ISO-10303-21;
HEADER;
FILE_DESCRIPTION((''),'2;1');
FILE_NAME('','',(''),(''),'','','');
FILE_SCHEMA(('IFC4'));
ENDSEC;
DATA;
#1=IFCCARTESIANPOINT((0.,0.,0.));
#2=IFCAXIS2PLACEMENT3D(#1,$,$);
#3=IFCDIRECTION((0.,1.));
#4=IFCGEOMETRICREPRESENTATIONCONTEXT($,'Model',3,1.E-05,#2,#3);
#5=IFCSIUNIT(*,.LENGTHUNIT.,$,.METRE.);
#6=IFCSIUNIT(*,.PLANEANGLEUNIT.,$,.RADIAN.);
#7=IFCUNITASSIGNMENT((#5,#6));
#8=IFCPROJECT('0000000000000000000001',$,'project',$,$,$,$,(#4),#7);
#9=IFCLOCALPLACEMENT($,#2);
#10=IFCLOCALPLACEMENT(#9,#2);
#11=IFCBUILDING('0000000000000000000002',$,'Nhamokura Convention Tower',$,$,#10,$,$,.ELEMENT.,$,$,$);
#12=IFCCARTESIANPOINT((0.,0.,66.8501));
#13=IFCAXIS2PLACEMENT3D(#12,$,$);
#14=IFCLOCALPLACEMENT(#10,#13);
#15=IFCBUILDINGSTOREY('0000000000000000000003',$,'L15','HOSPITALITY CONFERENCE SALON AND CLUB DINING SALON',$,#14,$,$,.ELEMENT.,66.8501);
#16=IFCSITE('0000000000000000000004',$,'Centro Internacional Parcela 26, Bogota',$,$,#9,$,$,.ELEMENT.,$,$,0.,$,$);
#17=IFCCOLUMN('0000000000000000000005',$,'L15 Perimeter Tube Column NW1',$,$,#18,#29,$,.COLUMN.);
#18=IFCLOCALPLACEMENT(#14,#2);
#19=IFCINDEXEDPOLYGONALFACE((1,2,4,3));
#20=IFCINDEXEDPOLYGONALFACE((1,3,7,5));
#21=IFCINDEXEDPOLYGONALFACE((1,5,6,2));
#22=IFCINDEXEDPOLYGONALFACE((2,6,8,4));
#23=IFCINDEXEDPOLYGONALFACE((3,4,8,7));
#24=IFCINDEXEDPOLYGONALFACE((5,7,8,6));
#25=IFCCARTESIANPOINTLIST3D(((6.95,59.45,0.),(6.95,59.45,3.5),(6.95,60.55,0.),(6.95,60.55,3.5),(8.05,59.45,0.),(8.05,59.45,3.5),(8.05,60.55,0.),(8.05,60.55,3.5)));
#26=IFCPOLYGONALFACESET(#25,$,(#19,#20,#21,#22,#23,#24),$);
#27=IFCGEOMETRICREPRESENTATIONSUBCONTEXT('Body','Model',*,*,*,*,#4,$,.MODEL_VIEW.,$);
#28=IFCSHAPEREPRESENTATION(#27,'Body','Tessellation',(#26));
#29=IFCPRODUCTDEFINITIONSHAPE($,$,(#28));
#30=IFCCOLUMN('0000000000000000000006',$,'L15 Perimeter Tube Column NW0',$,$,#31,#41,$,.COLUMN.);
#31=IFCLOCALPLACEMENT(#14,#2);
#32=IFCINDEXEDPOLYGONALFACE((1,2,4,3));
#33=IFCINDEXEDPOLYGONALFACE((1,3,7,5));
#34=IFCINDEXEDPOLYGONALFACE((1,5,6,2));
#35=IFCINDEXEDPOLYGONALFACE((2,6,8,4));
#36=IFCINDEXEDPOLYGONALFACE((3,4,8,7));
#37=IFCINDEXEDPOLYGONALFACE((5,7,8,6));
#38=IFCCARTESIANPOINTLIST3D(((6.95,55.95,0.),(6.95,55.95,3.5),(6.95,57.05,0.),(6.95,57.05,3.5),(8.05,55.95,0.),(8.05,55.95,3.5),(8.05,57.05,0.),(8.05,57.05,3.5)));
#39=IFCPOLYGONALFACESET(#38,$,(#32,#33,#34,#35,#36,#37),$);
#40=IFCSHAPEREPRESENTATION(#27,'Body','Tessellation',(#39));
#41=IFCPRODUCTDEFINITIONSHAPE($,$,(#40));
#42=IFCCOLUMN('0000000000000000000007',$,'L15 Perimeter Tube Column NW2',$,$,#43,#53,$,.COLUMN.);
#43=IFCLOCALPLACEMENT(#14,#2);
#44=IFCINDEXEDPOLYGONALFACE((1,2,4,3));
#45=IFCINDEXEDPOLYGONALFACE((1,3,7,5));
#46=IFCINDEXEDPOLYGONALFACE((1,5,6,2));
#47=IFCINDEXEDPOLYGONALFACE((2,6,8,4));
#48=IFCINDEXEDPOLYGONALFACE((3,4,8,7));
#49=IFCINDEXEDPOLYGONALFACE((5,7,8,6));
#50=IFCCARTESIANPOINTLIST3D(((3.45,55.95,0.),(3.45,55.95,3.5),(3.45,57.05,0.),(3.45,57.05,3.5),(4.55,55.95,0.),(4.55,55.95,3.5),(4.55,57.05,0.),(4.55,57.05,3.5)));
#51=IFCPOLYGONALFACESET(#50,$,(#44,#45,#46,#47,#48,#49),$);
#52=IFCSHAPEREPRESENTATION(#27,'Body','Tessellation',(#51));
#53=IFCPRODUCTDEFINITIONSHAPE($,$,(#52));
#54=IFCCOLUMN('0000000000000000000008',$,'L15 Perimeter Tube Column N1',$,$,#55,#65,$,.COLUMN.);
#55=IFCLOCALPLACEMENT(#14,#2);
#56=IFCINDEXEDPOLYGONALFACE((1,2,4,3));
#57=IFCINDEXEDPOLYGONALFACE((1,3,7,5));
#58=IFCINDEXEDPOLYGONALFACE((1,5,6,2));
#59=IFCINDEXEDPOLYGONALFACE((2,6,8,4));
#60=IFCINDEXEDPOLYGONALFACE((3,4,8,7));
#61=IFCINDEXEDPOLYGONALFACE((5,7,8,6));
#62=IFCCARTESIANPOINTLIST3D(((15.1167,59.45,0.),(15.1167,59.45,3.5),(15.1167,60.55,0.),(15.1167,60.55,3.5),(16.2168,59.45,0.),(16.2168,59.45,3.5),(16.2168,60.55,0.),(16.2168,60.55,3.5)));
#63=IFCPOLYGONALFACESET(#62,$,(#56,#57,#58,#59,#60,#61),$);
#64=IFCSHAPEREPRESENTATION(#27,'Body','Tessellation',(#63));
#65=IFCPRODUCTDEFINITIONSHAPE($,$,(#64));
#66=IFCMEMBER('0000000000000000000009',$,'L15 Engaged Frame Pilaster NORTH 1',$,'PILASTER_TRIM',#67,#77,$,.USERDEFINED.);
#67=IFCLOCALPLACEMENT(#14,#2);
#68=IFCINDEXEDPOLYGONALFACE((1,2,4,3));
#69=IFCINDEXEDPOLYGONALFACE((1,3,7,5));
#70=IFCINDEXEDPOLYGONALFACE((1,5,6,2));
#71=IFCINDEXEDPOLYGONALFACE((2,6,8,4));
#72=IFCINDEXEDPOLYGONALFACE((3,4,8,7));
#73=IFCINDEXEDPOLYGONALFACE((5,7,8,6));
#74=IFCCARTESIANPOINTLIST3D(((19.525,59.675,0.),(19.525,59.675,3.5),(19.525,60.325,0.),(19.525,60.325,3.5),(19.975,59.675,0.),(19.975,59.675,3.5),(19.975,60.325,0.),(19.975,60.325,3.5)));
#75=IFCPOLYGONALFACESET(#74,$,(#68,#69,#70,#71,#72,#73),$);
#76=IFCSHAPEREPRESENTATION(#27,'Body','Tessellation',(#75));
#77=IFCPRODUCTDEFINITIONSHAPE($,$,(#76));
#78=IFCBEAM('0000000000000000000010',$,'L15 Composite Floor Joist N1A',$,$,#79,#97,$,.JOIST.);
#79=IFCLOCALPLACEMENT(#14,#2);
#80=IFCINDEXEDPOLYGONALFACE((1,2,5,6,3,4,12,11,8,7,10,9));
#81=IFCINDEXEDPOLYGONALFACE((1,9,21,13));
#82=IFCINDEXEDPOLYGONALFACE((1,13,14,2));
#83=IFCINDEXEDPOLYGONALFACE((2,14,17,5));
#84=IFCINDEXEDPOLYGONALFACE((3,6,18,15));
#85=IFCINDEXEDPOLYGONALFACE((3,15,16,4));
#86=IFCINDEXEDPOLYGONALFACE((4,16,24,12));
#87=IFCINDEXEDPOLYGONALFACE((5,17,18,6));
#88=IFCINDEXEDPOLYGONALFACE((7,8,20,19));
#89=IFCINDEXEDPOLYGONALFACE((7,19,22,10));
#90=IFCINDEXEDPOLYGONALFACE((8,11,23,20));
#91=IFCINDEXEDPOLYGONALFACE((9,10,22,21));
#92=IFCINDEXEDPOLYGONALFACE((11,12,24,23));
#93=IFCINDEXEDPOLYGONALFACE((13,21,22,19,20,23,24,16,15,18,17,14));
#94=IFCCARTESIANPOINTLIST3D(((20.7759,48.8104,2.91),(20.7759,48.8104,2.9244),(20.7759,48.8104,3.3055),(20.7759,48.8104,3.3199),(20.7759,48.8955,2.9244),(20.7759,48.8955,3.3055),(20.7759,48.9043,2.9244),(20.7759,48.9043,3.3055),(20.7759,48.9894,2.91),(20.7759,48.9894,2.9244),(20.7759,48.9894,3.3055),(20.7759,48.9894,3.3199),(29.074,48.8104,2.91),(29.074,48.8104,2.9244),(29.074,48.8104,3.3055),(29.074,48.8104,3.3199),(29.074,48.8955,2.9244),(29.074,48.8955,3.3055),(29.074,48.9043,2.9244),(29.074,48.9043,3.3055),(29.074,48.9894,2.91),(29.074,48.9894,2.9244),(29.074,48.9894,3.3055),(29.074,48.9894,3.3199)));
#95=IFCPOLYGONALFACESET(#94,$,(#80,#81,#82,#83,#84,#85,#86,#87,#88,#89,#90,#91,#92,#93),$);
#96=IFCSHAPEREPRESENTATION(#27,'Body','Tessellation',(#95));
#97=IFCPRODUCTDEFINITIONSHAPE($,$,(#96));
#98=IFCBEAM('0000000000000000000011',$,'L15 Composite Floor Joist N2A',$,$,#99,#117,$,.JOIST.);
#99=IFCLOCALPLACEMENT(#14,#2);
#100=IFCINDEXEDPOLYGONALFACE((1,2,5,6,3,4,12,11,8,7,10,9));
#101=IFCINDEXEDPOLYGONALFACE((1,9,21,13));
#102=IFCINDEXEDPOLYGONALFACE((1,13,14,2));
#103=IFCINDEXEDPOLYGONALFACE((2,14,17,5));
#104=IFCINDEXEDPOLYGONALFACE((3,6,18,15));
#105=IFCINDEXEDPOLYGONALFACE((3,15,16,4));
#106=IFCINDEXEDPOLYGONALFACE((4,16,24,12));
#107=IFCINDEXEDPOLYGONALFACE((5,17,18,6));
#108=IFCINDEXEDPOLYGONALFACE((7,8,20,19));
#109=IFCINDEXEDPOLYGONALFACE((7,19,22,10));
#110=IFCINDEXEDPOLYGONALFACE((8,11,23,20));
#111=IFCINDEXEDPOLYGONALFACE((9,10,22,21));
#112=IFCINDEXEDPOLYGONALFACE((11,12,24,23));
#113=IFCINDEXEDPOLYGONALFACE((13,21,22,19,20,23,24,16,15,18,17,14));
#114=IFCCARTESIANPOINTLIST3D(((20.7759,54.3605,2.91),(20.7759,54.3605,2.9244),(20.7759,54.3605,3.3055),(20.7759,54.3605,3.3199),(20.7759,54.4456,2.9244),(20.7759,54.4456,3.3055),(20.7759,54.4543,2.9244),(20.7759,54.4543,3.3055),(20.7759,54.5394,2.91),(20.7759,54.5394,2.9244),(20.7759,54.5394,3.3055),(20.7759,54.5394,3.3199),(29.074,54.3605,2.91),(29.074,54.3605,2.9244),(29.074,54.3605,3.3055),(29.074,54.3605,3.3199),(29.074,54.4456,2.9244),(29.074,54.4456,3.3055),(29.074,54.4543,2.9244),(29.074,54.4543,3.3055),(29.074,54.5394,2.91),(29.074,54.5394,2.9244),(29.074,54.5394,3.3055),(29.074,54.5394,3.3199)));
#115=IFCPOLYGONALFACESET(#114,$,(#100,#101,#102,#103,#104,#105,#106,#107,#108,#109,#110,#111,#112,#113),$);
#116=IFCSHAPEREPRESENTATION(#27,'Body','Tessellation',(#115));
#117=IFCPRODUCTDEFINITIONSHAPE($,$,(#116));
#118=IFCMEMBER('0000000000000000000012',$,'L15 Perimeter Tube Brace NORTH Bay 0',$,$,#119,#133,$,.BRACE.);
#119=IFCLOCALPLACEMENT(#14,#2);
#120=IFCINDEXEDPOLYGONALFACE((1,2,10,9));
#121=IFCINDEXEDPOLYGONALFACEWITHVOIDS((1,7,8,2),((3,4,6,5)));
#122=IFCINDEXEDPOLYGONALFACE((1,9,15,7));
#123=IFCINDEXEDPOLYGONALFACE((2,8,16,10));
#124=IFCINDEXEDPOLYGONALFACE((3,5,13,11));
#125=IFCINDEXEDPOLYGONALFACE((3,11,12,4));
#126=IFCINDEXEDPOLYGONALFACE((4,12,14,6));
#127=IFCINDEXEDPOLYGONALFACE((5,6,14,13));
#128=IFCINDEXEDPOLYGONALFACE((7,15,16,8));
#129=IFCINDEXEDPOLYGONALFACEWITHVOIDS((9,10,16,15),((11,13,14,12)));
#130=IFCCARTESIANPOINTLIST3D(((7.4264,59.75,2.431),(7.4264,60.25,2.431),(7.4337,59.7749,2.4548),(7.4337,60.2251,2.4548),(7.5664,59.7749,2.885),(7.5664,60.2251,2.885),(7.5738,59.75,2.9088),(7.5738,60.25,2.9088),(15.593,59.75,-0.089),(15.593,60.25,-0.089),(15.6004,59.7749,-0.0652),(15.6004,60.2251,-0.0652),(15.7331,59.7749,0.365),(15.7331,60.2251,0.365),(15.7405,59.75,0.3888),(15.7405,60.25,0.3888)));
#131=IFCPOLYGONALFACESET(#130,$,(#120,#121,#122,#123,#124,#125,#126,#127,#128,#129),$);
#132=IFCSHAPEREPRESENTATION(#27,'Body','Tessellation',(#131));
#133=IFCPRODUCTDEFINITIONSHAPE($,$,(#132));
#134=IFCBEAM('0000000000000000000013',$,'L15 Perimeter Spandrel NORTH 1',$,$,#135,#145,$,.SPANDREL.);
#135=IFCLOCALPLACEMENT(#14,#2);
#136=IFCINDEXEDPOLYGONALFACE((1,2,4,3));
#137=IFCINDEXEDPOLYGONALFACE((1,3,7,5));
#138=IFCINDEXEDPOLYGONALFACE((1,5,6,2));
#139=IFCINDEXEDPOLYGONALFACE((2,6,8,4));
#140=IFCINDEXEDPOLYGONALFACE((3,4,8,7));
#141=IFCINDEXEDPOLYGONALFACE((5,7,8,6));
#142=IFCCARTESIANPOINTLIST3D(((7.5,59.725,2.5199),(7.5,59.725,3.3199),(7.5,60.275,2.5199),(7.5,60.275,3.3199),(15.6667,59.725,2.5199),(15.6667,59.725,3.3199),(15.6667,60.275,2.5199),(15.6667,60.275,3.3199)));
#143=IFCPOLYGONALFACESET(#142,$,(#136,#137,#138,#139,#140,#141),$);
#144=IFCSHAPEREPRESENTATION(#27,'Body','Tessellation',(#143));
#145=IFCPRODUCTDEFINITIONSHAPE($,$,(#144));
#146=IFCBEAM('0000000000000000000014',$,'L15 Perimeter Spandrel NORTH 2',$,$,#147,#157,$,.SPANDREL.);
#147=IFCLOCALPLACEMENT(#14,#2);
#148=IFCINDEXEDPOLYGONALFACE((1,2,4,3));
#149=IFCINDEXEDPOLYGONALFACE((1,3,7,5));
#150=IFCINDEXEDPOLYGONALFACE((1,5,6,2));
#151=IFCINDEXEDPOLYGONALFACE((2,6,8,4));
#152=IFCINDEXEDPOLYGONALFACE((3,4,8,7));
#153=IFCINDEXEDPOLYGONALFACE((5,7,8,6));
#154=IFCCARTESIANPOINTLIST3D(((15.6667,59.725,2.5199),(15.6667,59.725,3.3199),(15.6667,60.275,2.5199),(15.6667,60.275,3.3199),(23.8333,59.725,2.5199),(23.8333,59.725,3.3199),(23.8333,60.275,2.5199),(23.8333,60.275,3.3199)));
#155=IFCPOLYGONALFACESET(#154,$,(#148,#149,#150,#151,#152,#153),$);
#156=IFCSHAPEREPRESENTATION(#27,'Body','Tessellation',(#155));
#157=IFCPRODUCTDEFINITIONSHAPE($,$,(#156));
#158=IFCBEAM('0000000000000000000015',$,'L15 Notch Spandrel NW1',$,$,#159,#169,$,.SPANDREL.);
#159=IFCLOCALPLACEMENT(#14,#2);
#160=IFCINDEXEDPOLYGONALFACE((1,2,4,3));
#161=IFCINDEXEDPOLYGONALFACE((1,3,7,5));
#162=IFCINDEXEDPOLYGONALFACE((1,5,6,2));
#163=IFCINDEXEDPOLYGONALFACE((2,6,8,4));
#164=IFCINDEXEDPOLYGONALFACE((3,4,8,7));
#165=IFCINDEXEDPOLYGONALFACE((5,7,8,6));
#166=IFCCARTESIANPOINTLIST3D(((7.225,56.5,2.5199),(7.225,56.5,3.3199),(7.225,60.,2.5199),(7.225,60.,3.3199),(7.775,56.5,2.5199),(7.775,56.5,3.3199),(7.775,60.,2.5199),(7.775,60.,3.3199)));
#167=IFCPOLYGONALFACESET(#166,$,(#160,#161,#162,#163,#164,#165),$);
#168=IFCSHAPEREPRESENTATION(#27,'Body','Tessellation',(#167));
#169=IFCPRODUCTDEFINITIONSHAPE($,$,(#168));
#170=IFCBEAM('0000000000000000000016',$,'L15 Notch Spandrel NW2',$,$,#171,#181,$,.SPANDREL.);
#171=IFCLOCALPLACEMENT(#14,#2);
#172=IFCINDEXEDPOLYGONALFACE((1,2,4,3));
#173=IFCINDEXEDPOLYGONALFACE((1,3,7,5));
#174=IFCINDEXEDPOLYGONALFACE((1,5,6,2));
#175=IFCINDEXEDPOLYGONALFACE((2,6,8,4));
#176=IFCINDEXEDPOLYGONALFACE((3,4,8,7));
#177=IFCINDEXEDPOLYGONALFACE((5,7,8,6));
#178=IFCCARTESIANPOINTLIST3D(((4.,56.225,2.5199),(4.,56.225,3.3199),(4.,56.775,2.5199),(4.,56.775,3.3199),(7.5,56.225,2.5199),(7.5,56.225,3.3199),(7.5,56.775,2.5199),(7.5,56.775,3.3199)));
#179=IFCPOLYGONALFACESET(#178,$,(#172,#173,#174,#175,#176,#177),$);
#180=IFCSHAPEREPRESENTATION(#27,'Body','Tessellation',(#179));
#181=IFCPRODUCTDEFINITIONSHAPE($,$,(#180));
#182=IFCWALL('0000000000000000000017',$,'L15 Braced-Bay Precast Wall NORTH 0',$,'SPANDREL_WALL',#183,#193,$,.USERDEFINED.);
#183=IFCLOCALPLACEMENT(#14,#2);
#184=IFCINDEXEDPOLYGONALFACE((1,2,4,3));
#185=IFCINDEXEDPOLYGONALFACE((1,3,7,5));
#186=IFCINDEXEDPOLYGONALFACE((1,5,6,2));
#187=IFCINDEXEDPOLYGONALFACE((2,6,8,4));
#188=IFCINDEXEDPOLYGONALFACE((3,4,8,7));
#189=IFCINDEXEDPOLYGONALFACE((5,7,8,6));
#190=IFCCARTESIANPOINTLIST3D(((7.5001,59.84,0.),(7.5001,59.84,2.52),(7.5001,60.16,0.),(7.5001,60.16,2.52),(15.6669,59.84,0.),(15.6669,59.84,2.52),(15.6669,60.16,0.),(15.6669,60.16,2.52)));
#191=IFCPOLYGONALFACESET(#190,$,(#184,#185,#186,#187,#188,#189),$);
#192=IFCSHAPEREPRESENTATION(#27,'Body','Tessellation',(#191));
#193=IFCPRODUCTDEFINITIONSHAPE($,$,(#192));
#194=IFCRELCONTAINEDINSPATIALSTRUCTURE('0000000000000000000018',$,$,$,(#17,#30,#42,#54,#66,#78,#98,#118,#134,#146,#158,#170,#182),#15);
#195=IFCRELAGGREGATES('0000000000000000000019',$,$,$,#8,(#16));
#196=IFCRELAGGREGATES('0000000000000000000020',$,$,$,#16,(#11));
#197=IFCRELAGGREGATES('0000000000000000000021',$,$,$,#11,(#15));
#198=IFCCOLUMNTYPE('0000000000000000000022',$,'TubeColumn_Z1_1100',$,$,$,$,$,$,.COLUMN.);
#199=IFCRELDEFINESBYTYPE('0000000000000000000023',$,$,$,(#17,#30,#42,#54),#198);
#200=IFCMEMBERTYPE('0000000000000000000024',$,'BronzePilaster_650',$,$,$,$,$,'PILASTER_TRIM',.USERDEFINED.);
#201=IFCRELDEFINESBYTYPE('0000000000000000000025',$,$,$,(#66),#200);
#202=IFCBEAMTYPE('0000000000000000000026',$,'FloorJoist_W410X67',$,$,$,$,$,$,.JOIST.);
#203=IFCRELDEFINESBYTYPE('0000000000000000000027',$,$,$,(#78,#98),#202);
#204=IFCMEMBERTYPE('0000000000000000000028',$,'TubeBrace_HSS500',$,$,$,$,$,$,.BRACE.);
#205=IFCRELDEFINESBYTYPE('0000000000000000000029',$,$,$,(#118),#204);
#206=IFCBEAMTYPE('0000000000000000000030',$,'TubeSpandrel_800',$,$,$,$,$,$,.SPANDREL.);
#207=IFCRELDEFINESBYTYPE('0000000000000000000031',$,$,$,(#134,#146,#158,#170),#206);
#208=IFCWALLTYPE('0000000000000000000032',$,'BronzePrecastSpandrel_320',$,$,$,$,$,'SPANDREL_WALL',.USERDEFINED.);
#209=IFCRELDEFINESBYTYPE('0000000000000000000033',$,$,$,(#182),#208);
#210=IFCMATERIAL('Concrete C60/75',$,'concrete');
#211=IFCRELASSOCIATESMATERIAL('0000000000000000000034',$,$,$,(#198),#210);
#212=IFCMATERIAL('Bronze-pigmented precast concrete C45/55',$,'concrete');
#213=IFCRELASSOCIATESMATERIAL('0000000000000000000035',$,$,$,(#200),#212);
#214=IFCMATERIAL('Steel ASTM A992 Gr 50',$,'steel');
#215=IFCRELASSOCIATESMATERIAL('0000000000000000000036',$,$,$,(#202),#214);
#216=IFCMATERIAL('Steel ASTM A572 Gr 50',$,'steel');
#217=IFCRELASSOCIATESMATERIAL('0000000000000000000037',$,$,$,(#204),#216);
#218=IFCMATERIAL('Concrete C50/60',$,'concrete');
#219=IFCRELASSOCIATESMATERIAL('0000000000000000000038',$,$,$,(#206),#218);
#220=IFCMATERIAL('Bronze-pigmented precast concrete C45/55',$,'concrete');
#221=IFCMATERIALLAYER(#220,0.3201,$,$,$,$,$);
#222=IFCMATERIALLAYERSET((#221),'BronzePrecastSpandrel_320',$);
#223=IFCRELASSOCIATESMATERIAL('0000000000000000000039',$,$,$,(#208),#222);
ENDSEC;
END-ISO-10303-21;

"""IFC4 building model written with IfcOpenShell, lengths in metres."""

from ifc_helpers import new_model, si_unit, direction, frame, frame_2d, origin, origin_2d, place, context, subcontext, project, spatial, rectangle, hollow_rectangle, i_section, extrude, material, layer, layer_set, material_profile, profile_set, type_object, element, save


model = new_model("IFC4")

# Units and contexts
model_context = context("Model", 3, precision=1e-05, world=origin(), true_north=direction((0.0, 1.0)))
body_context = subcontext(model_context, "Body", "Model", "MODEL_VIEW")
ifc_project = project(units=[si_unit("LENGTHUNIT", "METRE"), si_unit("PLANEANGLEUNIT", "RADIAN")], contexts=[model_context])

# Site, building, storey
site_placement = place(None, origin())
site = spatial("IfcSite", under=ifc_project, at=site_placement, Name="Centro Internacional Parcela 26, Bogota", CompositionType="ELEMENT", RefElevation=0.0)
building_placement = place(site_placement, origin())
building = spatial("IfcBuilding", under=site, at=building_placement, Name="Nhamokura Convention Tower", CompositionType="ELEMENT")
storey_placement = place(building_placement, frame((0.0, 0.0, 66.8501)))
storey = spatial("IfcBuildingStorey", under=building, at=storey_placement, Name="L15", Description="HOSPITALITY CONFERENCE SALON AND CLUB DINING SALON", CompositionType="ELEMENT", Elevation=66.8501)

# Columns
ifc_material_1 = material(Name="Concrete C60/75", Category="concrete")
ifc_material_profile_1 = material_profile(ifc_material_1, rectangle(XDim=1.1001, YDim=1.1001, at=origin_2d()))
ifc_profile_set_1 = profile_set([ifc_material_profile_1], Name="Concrete C60/75")
column_type = type_object("IfcColumnType", Name="TubeColumn_Z1_1100", PredefinedType="COLUMN", material=ifc_profile_set_1)
for number, where, z_axis, x_axis, name in (
    (1, (7.5, 60.0, 0.0), (0.0, 0.0, 1.0), (1.0, 0.0, 0.0), "L15 Perimeter Tube Column NW1"),
    (2, (7.5, 56.5, 0.0), (0.0, 0.0, 1.0), (1.0, 0.0, 0.0), "L15 Perimeter Tube Column NW0"),
    (3, (4.0, 56.5, 0.0), (0.0, 0.0, 1.0), (1.0, 0.0, 0.0), "L15 Perimeter Tube Column NW2"),
    (4, (15.6667, 60.0, 0.0), (0.0, 0.0, 1.0), (1.0, 0.0, 0.0), "L15 Perimeter Tube Column N1"),
):
    element("IfcColumn", number, at=place(storey_placement, frame(where, z_axis=z_axis, x_axis=x_axis)), inside=storey, type_object=column_type, Name=name, PredefinedType="COLUMN", context=body_context, shape_type="SweptSolid", body=[
        extrude(rectangle(XDim=1.1001, YDim=1.1001, at=origin_2d()), origin(), (0.0, 0.0, 1.0), 3.5),
    ])

# Member
ifc_material_2 = material(Name="Bronze-pigmented precast concrete C45/55", Category="concrete")
ifc_material_profile_2 = material_profile(ifc_material_2, rectangle(XDim=0.45, YDim=0.6499, at=origin_2d()))
ifc_profile_set_2 = profile_set([ifc_material_profile_2], Name="Bronze-pigmented precast concrete C45/55")
member_type_1 = type_object("IfcMemberType", Name="BronzePilaster_650", ElementType="PILASTER_TRIM", PredefinedType="USERDEFINED", material=ifc_profile_set_2)
member_1_placement = place(storey_placement, frame((19.75, 60.0, 0.0), z_axis=(0.0, 0.0, 1.0), x_axis=(1.0, 0.0, 0.0)))
element("IfcMember", 5, at=member_1_placement, inside=storey, type_object=member_type_1, Name="L15 Engaged Frame Pilaster NORTH 1", ObjectType="PILASTER_TRIM", PredefinedType="USERDEFINED", context=body_context, shape_type="SweptSolid", body=[
    extrude(rectangle(XDim=0.45, YDim=0.6499, at=origin_2d()), origin(), (0.0, 0.0, 1.0), 3.5),
])

# Beams
ifc_material_3 = material(Name="Steel ASTM A992 Gr 50", Category="steel")
ifc_material_profile_3 = material_profile(ifc_material_3, i_section(OverallWidth=0.179, OverallDepth=0.4099, WebThickness=0.0088, FlangeThickness=0.0144, at=origin_2d()))
ifc_profile_set_3 = profile_set([ifc_material_profile_3], Name="Steel ASTM A992 Gr 50")
beam_type_1 = type_object("IfcBeamType", Name="FloorJoist_W410X67", PredefinedType="JOIST", material=ifc_profile_set_3)
for number, where, z_axis, x_axis, name in (
    (6, (20.7759, 48.8999, 3.115), (1.0, 0.0, 0.0), (0.0, 1.0, 0.0), "L15 Composite Floor Joist N1A"),
    (7, (20.7759, 54.45, 3.115), (1.0, 0.0, 0.0), (0.0, 1.0, 0.0), "L15 Composite Floor Joist N2A"),
):
    element("IfcBeam", number, at=place(storey_placement, frame(where, z_axis=z_axis, x_axis=x_axis)), inside=storey, type_object=beam_type_1, Name=name, PredefinedType="JOIST", context=body_context, shape_type="SweptSolid", body=[
        extrude(i_section(OverallWidth=0.179, OverallDepth=0.4099, WebThickness=0.0088, FlangeThickness=0.0144, at=origin_2d()), origin(), (0.0, 0.0, 1.0), 8.2981),
    ])

# Member
ifc_material_4 = material(Name="Steel ASTM A572 Gr 50", Category="steel")
ifc_material_profile_4 = material_profile(ifc_material_4, hollow_rectangle(XDim=0.5, YDim=0.5, WallThickness=0.0249, at=origin_2d()))
ifc_profile_set_4 = profile_set([ifc_material_profile_4], Name="Steel ASTM A572 Gr 50")
member_type_2 = type_object("IfcMemberType", Name="TubeBrace_HSS500", PredefinedType="BRACE", material=ifc_profile_set_4)
member_2_placement = place(storey_placement, frame((15.6667, 60.0, 0.1499), z_axis=(-0.955543, 0.0, 0.294853), x_axis=(0.0, -1.0, 0.0)))
element("IfcMember", 8, at=member_2_placement, inside=storey, type_object=member_type_2, Name="L15 Perimeter Tube Brace NORTH Bay 0", PredefinedType="BRACE", context=body_context, shape_type="SweptSolid", body=[
    extrude(hollow_rectangle(XDim=0.5, YDim=0.5, WallThickness=0.0249, at=origin_2d()), origin(), (0.0, 0.0, 1.0), 8.5466),
])

# Beams
ifc_material_5 = material(Name="Concrete C50/60", Category="concrete")
ifc_material_profile_5 = material_profile(ifc_material_5, rectangle(XDim=0.55, YDim=0.8, at=origin_2d()))
ifc_profile_set_5 = profile_set([ifc_material_profile_5], Name="Concrete C50/60")
beam_type_2 = type_object("IfcBeamType", Name="TubeSpandrel_800", PredefinedType="SPANDREL", material=ifc_profile_set_5)
beam_1_placement = place(storey_placement, frame((7.5, 60.0, 2.9199), z_axis=(1.0, 0.0, 0.0), x_axis=(0.0, 1.0, 0.0)))
element("IfcBeam", 9, at=beam_1_placement, inside=storey, type_object=beam_type_2, Name="L15 Perimeter Spandrel NORTH 1", PredefinedType="SPANDREL", context=body_context, shape_type="SweptSolid", body=[
    extrude(rectangle(XDim=0.55, YDim=0.8, at=origin_2d()), origin(), (0.0, 0.0, 1.0), 8.1667),
])
beam_2_placement = place(storey_placement, frame((15.6667, 60.0, 2.9199), z_axis=(1.0, 0.0, 0.0), x_axis=(0.0, 1.0, 0.0)))
element("IfcBeam", 10, at=beam_2_placement, inside=storey, type_object=beam_type_2, Name="L15 Perimeter Spandrel NORTH 2", PredefinedType="SPANDREL", context=body_context, shape_type="SweptSolid", body=[
    extrude(rectangle(XDim=0.55, YDim=0.8, at=origin_2d()), origin(), (0.0, 0.0, 1.0), 8.1665),
])
for number, where, z_axis, x_axis, name in (
    (11, (7.5, 60.0, 2.9199), (0.0, -1.0, 0.0), (1.0, 0.0, 0.0), "L15 Notch Spandrel NW1"),
    (12, (7.5, 56.5, 2.9199), (-1.0, 0.0, 0.0), (0.0, -1.0, 0.0), "L15 Notch Spandrel NW2"),
):
    element("IfcBeam", number, at=place(storey_placement, frame(where, z_axis=z_axis, x_axis=x_axis)), inside=storey, type_object=beam_type_2, Name=name, PredefinedType="SPANDREL", context=body_context, shape_type="SweptSolid", body=[
        extrude(rectangle(XDim=0.55, YDim=0.8, at=origin_2d()), origin(), (0.0, 0.0, 1.0), 3.5),
    ])

# Wall
ifc_material_6 = material(Name="Bronze-pigmented precast concrete C45/55", Category="concrete")
ifc_layer = layer(ifc_material_6, 0.3201)
ifc_layer_set = layer_set([ifc_layer], Name="BronzePrecastSpandrel_320")
wall_type = type_object("IfcWallType", Name="BronzePrecastSpandrel_320", ElementType="SPANDREL_WALL", PredefinedType="USERDEFINED", material=ifc_layer_set)
wall_1_placement = place(storey_placement, frame((7.5, 60.0, 0.0), z_axis=(0.0, 0.0, 1.0), x_axis=(1.0, 0.0, 0.0)))
element("IfcWall", 13, at=wall_1_placement, inside=storey, type_object=wall_type, Name="L15 Braced-Bay Precast Wall NORTH 0", ObjectType="SPANDREL_WALL", PredefinedType="USERDEFINED", context=body_context, shape_type="SweptSolid", body=[
    extrude(rectangle(XDim=8.1667, YDim=0.3201, at=frame_2d((4.0835, 0.0))), origin(), (0.0, 0.0, 1.0), 2.52),
])

save(model, "model.ifc")
